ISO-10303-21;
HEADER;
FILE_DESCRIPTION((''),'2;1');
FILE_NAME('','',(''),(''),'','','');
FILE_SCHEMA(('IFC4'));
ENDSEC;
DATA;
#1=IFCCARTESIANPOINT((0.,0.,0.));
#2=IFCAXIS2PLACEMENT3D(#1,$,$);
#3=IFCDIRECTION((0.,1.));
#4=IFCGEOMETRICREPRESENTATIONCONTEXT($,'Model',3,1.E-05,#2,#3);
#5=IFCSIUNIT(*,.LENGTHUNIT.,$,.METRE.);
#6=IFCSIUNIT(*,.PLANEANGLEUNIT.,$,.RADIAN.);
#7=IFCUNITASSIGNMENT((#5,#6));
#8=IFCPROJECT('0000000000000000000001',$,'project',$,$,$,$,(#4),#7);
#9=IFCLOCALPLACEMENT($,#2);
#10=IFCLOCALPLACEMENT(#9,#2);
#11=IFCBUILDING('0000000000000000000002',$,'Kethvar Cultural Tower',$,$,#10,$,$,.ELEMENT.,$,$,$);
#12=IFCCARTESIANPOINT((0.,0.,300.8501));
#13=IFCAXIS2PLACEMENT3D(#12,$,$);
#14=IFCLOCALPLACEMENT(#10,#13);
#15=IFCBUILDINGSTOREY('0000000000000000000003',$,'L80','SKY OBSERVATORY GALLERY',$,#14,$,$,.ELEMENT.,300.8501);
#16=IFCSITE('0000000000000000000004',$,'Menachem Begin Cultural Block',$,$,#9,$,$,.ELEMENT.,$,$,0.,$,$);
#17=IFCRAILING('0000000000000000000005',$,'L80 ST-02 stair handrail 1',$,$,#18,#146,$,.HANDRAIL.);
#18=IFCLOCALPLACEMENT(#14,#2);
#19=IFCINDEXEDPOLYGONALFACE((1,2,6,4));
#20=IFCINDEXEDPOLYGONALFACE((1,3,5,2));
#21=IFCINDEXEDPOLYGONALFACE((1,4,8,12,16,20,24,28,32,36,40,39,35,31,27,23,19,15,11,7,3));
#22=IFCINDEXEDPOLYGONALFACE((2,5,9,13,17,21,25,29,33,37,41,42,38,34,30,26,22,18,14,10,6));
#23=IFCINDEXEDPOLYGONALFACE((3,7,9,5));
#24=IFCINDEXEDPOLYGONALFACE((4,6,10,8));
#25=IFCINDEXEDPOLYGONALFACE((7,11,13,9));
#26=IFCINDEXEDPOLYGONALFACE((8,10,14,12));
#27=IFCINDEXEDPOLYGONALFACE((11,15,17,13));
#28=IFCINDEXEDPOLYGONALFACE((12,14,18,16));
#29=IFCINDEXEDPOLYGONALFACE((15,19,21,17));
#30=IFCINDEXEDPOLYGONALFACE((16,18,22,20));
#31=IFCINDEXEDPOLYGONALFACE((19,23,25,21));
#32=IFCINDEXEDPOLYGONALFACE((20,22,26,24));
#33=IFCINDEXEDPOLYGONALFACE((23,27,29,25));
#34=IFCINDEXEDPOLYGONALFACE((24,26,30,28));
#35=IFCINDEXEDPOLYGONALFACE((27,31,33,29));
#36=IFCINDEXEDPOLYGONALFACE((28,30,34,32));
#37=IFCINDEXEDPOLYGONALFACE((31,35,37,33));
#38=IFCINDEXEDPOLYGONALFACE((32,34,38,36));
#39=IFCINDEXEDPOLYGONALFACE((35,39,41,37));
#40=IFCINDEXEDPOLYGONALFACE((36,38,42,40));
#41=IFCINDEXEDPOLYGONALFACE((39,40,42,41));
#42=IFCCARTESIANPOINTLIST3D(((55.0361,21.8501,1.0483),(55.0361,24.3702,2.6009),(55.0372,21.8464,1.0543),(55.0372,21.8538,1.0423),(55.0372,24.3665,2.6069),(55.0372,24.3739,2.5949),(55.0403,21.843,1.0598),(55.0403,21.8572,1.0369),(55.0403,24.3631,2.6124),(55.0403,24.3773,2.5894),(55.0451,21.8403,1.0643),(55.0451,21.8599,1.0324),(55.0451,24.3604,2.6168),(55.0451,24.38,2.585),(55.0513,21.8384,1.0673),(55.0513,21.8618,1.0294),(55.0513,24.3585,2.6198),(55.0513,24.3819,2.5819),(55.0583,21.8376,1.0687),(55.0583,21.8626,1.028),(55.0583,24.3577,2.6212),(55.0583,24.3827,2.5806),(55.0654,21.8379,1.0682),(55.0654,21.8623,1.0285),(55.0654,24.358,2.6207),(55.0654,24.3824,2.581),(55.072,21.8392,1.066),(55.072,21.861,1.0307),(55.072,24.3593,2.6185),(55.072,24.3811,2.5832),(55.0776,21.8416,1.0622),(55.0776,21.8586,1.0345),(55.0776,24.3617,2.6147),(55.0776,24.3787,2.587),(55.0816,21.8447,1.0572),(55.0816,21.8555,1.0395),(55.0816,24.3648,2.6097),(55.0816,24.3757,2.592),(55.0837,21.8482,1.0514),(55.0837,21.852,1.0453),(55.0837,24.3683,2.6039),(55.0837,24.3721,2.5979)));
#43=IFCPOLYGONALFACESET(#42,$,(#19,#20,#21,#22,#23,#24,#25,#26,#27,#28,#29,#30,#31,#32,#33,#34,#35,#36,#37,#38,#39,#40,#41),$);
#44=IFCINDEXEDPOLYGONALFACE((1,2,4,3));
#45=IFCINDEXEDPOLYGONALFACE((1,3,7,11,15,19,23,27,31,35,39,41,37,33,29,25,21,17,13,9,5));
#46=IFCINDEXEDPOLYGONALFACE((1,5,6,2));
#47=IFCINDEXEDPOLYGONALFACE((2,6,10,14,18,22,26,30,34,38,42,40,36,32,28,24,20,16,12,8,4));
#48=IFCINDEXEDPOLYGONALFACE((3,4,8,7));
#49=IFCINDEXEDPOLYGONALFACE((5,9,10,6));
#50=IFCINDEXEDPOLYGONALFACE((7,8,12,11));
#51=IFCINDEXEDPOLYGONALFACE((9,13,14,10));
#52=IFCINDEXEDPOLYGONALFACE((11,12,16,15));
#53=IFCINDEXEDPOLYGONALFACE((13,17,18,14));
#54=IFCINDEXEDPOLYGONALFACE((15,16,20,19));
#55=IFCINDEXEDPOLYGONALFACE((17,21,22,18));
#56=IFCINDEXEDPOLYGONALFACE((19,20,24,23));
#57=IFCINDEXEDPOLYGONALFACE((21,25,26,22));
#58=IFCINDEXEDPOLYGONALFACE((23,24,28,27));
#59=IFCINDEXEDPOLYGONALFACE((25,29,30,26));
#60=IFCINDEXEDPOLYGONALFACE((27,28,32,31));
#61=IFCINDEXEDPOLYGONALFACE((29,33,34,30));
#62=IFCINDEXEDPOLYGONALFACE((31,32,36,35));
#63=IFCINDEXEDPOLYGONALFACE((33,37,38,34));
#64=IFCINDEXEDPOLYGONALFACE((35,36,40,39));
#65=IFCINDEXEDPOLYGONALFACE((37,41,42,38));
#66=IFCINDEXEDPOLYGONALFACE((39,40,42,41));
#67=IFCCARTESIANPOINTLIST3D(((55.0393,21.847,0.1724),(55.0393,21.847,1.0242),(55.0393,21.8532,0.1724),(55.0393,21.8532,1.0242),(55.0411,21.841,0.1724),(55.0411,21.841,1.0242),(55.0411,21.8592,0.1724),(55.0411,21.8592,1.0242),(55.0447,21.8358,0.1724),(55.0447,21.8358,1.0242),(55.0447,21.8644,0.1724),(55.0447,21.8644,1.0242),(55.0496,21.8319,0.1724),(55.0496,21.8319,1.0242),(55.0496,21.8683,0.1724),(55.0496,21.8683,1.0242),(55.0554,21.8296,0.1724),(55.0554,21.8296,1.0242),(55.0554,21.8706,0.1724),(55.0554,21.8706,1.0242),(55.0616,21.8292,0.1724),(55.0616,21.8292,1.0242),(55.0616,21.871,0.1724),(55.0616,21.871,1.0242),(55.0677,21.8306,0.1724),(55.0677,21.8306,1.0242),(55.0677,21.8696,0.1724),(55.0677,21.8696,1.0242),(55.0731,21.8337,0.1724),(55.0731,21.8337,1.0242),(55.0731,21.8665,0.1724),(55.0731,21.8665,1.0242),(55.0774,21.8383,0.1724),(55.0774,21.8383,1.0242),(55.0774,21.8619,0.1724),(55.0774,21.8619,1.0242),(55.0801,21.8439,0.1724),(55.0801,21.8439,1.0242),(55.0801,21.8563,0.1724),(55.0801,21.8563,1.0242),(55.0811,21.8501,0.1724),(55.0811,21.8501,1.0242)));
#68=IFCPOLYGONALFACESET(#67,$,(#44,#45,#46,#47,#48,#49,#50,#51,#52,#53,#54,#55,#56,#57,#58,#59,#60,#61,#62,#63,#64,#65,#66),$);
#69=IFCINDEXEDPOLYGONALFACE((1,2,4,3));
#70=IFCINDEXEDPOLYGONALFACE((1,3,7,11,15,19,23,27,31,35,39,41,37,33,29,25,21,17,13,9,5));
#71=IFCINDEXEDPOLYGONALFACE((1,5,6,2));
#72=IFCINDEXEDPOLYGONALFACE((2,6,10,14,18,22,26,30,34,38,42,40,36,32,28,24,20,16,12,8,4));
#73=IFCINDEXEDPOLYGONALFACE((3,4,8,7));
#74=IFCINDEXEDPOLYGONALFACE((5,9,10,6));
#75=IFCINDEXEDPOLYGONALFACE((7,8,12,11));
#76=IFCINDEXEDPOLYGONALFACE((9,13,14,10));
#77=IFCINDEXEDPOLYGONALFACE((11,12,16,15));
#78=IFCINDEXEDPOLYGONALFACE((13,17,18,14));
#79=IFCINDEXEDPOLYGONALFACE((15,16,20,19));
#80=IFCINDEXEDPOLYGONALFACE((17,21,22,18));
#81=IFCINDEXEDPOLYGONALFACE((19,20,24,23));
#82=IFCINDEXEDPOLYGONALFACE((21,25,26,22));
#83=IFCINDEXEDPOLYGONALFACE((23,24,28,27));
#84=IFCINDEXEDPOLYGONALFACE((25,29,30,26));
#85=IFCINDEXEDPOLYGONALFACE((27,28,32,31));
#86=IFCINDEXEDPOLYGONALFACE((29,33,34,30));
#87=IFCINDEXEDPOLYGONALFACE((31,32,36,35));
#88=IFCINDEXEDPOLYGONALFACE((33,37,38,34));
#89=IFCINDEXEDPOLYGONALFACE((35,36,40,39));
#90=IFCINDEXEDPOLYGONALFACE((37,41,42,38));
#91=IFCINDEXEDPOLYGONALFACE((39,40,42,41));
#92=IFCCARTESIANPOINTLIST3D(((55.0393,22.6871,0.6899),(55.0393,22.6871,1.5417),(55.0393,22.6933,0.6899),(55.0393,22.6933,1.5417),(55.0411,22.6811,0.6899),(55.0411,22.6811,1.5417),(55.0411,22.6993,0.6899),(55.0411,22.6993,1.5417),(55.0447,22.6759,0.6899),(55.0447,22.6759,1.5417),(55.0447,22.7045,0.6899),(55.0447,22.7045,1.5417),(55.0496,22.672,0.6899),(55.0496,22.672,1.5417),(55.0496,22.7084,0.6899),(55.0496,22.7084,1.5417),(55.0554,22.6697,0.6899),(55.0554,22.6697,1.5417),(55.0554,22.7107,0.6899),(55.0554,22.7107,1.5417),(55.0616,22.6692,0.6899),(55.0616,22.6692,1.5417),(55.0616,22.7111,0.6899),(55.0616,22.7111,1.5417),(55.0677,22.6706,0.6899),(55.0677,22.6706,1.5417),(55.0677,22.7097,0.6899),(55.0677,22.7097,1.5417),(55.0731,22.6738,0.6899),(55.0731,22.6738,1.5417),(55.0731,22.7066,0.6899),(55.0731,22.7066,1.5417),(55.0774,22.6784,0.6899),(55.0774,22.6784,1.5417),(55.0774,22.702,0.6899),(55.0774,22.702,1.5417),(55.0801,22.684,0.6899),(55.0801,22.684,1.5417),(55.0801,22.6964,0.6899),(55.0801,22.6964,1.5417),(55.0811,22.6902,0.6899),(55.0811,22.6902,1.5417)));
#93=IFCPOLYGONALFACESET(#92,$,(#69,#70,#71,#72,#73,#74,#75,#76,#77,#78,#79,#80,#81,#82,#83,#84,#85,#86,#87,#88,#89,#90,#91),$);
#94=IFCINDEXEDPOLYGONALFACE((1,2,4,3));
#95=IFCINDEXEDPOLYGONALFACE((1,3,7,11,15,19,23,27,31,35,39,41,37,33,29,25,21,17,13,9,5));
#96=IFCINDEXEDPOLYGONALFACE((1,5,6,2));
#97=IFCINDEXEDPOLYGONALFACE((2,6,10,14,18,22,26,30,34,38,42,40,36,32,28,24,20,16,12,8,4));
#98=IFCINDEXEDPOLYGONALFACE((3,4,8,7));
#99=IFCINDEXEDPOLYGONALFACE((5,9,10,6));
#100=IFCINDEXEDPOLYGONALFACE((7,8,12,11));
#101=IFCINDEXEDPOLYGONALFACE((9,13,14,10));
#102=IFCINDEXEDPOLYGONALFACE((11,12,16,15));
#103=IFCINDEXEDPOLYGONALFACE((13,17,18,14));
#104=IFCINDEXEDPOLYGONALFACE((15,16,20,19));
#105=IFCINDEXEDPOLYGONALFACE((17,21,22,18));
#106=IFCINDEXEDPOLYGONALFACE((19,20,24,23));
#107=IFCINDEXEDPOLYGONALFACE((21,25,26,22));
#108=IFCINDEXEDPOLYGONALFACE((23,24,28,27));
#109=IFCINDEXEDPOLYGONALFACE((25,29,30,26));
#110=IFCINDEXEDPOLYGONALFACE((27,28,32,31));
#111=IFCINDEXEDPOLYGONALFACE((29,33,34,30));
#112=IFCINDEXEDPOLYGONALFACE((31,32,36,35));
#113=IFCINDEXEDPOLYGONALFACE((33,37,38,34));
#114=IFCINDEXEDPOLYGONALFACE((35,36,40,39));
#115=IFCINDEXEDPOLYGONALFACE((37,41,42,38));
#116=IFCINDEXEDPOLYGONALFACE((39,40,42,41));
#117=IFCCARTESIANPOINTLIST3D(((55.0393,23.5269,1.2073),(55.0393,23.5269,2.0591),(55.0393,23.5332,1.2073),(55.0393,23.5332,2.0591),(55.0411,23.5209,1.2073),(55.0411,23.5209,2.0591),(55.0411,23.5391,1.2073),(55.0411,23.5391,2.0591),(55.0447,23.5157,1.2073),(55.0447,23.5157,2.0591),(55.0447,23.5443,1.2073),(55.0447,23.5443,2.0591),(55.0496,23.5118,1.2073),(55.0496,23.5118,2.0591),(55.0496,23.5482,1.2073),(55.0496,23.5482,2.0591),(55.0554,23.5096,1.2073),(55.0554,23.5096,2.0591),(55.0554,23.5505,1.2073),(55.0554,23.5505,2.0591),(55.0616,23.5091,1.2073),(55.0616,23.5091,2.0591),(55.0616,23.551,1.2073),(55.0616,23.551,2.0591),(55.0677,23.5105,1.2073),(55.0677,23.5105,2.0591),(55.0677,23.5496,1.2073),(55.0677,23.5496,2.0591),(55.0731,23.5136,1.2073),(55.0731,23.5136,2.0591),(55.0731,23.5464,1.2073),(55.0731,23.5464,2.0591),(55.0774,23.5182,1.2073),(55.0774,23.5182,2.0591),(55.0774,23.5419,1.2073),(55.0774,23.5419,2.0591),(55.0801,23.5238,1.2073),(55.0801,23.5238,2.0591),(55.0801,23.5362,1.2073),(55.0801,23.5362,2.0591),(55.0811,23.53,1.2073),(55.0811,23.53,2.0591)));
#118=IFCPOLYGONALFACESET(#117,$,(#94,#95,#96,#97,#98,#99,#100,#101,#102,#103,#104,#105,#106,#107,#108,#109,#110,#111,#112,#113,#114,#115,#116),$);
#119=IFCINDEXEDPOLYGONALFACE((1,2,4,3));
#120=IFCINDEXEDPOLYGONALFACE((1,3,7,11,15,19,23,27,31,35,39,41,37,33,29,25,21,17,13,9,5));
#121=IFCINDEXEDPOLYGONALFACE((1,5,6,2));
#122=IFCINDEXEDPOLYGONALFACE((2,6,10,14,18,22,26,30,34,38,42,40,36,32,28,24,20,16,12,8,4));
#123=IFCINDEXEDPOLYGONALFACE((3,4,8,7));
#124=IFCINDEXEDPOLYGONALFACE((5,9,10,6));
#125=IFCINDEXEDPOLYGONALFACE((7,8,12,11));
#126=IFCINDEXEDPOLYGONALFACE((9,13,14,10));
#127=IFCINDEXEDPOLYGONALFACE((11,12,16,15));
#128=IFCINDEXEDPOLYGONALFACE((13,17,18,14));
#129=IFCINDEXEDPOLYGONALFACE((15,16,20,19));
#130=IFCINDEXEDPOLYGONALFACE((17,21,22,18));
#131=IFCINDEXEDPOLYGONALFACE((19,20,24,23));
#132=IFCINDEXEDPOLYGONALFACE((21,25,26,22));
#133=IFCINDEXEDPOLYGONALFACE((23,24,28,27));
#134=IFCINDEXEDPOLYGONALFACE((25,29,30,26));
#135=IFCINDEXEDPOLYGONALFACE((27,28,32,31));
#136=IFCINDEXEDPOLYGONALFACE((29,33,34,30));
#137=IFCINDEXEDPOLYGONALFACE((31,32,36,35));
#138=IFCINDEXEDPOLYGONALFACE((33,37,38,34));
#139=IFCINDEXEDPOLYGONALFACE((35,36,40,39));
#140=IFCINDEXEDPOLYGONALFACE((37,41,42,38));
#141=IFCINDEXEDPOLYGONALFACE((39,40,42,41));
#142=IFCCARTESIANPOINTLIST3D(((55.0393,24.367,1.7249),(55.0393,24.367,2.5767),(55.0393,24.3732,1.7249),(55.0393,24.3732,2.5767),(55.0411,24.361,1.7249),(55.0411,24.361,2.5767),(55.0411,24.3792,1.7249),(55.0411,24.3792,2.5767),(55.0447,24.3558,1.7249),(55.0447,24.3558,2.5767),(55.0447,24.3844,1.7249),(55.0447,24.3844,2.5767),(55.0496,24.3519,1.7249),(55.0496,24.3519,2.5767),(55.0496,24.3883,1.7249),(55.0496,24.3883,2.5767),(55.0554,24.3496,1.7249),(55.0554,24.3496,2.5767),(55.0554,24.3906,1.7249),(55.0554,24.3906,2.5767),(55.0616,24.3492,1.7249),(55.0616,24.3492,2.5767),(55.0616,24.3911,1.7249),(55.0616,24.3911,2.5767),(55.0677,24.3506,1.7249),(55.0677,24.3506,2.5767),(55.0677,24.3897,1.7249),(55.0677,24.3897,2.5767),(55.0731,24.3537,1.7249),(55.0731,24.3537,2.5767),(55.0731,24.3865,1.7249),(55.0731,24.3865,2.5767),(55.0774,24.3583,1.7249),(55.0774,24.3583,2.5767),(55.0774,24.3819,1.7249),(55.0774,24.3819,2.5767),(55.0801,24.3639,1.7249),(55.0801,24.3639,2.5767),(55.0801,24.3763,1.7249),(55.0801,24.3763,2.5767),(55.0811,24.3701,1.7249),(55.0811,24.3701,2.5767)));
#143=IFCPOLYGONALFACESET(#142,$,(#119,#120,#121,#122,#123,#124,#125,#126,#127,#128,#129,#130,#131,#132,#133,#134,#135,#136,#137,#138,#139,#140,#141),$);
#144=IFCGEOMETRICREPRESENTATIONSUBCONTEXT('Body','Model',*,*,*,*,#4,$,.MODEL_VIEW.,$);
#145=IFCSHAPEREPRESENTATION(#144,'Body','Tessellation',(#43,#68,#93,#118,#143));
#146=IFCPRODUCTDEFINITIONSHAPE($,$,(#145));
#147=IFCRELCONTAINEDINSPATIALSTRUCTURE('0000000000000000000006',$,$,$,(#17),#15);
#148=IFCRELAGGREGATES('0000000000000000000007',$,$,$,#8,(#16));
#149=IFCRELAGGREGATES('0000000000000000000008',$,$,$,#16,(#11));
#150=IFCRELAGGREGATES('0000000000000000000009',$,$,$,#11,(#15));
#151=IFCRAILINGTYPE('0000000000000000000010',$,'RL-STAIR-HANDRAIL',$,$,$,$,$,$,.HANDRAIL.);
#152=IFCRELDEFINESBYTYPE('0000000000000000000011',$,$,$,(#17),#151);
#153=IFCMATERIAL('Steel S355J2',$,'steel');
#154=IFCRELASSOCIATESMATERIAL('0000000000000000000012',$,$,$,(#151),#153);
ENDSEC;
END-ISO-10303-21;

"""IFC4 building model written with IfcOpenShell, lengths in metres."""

from ifc_helpers import new_model, si_unit, direction, frame, origin, origin_2d, place, context, subcontext, project, spatial, circle, extrude, material, type_object, element, save


model = new_model("IFC4")

# Units and contexts
model_context = context("Model", 3, precision=1e-05, world=origin(), true_north=direction((0.0, 1.0)))
body_context = subcontext(model_context, "Body", "Model", "MODEL_VIEW")
ifc_project = project(units=[si_unit("LENGTHUNIT", "METRE"), si_unit("PLANEANGLEUNIT", "RADIAN")], contexts=[model_context])

# Site, building, storey
site_placement = place(None, origin())
site = spatial("IfcSite", under=ifc_project, at=site_placement, Name="Menachem Begin Cultural Block", CompositionType="ELEMENT", RefElevation=0.0)
building_placement = place(site_placement, origin())
building = spatial("IfcBuilding", under=site, at=building_placement, Name="Kethvar Cultural Tower", CompositionType="ELEMENT")
storey_placement = place(building_placement, frame((0.0, 0.0, 300.8501)))
storey = spatial("IfcBuildingStorey", under=building, at=storey_placement, Name="L80", Description="SKY OBSERVATORY GALLERY", CompositionType="ELEMENT", Elevation=300.8501)

# Shared definitions
ifc_material_1 = material(Name="Steel S355J2", Category="steel")

# Railing
railing_type_1 = type_object("IfcRailingType", Name="RL-STAIR-HANDRAIL", PredefinedType="HANDRAIL", material=ifc_material_1)
railing_1_placement = place(storey_placement, frame((55.0601, 21.8501, 0.1724)))
element("IfcRailing", 1, at=railing_1_placement, inside=storey, type_object=railing_type_1, Name="L80 ST-02 stair handrail 1", PredefinedType="HANDRAIL", context=body_context, shape_type="SweptSolid", body=[
    extrude(circle(Radius=0.0239, at=origin_2d()), frame((0.0, 0.0, 0.876), z_axis=(0.0, 0.8514, 0.524516), x_axis=(-1.0, 0.0, 0.0)), (0.0, 0.0, 1.0), 2.96),
    extrude(circle(Radius=0.021, at=origin_2d()), origin(), (0.0, 0.0, 1.0), 0.8518),
    extrude(circle(Radius=0.021, at=origin_2d()), frame((0.0, 0.8401, 0.5176)), (0.0, 0.0, 1.0), 0.8518),
    extrude(circle(Radius=0.021, at=origin_2d()), frame((0.0, 1.6799, 1.0349)), (0.0, 0.0, 1.0), 0.8518),
    extrude(circle(Radius=0.021, at=origin_2d()), frame((0.0, 2.52, 1.5525)), (0.0, 0.0, 1.0), 0.8518),
])

save(model, "model.ifc")
